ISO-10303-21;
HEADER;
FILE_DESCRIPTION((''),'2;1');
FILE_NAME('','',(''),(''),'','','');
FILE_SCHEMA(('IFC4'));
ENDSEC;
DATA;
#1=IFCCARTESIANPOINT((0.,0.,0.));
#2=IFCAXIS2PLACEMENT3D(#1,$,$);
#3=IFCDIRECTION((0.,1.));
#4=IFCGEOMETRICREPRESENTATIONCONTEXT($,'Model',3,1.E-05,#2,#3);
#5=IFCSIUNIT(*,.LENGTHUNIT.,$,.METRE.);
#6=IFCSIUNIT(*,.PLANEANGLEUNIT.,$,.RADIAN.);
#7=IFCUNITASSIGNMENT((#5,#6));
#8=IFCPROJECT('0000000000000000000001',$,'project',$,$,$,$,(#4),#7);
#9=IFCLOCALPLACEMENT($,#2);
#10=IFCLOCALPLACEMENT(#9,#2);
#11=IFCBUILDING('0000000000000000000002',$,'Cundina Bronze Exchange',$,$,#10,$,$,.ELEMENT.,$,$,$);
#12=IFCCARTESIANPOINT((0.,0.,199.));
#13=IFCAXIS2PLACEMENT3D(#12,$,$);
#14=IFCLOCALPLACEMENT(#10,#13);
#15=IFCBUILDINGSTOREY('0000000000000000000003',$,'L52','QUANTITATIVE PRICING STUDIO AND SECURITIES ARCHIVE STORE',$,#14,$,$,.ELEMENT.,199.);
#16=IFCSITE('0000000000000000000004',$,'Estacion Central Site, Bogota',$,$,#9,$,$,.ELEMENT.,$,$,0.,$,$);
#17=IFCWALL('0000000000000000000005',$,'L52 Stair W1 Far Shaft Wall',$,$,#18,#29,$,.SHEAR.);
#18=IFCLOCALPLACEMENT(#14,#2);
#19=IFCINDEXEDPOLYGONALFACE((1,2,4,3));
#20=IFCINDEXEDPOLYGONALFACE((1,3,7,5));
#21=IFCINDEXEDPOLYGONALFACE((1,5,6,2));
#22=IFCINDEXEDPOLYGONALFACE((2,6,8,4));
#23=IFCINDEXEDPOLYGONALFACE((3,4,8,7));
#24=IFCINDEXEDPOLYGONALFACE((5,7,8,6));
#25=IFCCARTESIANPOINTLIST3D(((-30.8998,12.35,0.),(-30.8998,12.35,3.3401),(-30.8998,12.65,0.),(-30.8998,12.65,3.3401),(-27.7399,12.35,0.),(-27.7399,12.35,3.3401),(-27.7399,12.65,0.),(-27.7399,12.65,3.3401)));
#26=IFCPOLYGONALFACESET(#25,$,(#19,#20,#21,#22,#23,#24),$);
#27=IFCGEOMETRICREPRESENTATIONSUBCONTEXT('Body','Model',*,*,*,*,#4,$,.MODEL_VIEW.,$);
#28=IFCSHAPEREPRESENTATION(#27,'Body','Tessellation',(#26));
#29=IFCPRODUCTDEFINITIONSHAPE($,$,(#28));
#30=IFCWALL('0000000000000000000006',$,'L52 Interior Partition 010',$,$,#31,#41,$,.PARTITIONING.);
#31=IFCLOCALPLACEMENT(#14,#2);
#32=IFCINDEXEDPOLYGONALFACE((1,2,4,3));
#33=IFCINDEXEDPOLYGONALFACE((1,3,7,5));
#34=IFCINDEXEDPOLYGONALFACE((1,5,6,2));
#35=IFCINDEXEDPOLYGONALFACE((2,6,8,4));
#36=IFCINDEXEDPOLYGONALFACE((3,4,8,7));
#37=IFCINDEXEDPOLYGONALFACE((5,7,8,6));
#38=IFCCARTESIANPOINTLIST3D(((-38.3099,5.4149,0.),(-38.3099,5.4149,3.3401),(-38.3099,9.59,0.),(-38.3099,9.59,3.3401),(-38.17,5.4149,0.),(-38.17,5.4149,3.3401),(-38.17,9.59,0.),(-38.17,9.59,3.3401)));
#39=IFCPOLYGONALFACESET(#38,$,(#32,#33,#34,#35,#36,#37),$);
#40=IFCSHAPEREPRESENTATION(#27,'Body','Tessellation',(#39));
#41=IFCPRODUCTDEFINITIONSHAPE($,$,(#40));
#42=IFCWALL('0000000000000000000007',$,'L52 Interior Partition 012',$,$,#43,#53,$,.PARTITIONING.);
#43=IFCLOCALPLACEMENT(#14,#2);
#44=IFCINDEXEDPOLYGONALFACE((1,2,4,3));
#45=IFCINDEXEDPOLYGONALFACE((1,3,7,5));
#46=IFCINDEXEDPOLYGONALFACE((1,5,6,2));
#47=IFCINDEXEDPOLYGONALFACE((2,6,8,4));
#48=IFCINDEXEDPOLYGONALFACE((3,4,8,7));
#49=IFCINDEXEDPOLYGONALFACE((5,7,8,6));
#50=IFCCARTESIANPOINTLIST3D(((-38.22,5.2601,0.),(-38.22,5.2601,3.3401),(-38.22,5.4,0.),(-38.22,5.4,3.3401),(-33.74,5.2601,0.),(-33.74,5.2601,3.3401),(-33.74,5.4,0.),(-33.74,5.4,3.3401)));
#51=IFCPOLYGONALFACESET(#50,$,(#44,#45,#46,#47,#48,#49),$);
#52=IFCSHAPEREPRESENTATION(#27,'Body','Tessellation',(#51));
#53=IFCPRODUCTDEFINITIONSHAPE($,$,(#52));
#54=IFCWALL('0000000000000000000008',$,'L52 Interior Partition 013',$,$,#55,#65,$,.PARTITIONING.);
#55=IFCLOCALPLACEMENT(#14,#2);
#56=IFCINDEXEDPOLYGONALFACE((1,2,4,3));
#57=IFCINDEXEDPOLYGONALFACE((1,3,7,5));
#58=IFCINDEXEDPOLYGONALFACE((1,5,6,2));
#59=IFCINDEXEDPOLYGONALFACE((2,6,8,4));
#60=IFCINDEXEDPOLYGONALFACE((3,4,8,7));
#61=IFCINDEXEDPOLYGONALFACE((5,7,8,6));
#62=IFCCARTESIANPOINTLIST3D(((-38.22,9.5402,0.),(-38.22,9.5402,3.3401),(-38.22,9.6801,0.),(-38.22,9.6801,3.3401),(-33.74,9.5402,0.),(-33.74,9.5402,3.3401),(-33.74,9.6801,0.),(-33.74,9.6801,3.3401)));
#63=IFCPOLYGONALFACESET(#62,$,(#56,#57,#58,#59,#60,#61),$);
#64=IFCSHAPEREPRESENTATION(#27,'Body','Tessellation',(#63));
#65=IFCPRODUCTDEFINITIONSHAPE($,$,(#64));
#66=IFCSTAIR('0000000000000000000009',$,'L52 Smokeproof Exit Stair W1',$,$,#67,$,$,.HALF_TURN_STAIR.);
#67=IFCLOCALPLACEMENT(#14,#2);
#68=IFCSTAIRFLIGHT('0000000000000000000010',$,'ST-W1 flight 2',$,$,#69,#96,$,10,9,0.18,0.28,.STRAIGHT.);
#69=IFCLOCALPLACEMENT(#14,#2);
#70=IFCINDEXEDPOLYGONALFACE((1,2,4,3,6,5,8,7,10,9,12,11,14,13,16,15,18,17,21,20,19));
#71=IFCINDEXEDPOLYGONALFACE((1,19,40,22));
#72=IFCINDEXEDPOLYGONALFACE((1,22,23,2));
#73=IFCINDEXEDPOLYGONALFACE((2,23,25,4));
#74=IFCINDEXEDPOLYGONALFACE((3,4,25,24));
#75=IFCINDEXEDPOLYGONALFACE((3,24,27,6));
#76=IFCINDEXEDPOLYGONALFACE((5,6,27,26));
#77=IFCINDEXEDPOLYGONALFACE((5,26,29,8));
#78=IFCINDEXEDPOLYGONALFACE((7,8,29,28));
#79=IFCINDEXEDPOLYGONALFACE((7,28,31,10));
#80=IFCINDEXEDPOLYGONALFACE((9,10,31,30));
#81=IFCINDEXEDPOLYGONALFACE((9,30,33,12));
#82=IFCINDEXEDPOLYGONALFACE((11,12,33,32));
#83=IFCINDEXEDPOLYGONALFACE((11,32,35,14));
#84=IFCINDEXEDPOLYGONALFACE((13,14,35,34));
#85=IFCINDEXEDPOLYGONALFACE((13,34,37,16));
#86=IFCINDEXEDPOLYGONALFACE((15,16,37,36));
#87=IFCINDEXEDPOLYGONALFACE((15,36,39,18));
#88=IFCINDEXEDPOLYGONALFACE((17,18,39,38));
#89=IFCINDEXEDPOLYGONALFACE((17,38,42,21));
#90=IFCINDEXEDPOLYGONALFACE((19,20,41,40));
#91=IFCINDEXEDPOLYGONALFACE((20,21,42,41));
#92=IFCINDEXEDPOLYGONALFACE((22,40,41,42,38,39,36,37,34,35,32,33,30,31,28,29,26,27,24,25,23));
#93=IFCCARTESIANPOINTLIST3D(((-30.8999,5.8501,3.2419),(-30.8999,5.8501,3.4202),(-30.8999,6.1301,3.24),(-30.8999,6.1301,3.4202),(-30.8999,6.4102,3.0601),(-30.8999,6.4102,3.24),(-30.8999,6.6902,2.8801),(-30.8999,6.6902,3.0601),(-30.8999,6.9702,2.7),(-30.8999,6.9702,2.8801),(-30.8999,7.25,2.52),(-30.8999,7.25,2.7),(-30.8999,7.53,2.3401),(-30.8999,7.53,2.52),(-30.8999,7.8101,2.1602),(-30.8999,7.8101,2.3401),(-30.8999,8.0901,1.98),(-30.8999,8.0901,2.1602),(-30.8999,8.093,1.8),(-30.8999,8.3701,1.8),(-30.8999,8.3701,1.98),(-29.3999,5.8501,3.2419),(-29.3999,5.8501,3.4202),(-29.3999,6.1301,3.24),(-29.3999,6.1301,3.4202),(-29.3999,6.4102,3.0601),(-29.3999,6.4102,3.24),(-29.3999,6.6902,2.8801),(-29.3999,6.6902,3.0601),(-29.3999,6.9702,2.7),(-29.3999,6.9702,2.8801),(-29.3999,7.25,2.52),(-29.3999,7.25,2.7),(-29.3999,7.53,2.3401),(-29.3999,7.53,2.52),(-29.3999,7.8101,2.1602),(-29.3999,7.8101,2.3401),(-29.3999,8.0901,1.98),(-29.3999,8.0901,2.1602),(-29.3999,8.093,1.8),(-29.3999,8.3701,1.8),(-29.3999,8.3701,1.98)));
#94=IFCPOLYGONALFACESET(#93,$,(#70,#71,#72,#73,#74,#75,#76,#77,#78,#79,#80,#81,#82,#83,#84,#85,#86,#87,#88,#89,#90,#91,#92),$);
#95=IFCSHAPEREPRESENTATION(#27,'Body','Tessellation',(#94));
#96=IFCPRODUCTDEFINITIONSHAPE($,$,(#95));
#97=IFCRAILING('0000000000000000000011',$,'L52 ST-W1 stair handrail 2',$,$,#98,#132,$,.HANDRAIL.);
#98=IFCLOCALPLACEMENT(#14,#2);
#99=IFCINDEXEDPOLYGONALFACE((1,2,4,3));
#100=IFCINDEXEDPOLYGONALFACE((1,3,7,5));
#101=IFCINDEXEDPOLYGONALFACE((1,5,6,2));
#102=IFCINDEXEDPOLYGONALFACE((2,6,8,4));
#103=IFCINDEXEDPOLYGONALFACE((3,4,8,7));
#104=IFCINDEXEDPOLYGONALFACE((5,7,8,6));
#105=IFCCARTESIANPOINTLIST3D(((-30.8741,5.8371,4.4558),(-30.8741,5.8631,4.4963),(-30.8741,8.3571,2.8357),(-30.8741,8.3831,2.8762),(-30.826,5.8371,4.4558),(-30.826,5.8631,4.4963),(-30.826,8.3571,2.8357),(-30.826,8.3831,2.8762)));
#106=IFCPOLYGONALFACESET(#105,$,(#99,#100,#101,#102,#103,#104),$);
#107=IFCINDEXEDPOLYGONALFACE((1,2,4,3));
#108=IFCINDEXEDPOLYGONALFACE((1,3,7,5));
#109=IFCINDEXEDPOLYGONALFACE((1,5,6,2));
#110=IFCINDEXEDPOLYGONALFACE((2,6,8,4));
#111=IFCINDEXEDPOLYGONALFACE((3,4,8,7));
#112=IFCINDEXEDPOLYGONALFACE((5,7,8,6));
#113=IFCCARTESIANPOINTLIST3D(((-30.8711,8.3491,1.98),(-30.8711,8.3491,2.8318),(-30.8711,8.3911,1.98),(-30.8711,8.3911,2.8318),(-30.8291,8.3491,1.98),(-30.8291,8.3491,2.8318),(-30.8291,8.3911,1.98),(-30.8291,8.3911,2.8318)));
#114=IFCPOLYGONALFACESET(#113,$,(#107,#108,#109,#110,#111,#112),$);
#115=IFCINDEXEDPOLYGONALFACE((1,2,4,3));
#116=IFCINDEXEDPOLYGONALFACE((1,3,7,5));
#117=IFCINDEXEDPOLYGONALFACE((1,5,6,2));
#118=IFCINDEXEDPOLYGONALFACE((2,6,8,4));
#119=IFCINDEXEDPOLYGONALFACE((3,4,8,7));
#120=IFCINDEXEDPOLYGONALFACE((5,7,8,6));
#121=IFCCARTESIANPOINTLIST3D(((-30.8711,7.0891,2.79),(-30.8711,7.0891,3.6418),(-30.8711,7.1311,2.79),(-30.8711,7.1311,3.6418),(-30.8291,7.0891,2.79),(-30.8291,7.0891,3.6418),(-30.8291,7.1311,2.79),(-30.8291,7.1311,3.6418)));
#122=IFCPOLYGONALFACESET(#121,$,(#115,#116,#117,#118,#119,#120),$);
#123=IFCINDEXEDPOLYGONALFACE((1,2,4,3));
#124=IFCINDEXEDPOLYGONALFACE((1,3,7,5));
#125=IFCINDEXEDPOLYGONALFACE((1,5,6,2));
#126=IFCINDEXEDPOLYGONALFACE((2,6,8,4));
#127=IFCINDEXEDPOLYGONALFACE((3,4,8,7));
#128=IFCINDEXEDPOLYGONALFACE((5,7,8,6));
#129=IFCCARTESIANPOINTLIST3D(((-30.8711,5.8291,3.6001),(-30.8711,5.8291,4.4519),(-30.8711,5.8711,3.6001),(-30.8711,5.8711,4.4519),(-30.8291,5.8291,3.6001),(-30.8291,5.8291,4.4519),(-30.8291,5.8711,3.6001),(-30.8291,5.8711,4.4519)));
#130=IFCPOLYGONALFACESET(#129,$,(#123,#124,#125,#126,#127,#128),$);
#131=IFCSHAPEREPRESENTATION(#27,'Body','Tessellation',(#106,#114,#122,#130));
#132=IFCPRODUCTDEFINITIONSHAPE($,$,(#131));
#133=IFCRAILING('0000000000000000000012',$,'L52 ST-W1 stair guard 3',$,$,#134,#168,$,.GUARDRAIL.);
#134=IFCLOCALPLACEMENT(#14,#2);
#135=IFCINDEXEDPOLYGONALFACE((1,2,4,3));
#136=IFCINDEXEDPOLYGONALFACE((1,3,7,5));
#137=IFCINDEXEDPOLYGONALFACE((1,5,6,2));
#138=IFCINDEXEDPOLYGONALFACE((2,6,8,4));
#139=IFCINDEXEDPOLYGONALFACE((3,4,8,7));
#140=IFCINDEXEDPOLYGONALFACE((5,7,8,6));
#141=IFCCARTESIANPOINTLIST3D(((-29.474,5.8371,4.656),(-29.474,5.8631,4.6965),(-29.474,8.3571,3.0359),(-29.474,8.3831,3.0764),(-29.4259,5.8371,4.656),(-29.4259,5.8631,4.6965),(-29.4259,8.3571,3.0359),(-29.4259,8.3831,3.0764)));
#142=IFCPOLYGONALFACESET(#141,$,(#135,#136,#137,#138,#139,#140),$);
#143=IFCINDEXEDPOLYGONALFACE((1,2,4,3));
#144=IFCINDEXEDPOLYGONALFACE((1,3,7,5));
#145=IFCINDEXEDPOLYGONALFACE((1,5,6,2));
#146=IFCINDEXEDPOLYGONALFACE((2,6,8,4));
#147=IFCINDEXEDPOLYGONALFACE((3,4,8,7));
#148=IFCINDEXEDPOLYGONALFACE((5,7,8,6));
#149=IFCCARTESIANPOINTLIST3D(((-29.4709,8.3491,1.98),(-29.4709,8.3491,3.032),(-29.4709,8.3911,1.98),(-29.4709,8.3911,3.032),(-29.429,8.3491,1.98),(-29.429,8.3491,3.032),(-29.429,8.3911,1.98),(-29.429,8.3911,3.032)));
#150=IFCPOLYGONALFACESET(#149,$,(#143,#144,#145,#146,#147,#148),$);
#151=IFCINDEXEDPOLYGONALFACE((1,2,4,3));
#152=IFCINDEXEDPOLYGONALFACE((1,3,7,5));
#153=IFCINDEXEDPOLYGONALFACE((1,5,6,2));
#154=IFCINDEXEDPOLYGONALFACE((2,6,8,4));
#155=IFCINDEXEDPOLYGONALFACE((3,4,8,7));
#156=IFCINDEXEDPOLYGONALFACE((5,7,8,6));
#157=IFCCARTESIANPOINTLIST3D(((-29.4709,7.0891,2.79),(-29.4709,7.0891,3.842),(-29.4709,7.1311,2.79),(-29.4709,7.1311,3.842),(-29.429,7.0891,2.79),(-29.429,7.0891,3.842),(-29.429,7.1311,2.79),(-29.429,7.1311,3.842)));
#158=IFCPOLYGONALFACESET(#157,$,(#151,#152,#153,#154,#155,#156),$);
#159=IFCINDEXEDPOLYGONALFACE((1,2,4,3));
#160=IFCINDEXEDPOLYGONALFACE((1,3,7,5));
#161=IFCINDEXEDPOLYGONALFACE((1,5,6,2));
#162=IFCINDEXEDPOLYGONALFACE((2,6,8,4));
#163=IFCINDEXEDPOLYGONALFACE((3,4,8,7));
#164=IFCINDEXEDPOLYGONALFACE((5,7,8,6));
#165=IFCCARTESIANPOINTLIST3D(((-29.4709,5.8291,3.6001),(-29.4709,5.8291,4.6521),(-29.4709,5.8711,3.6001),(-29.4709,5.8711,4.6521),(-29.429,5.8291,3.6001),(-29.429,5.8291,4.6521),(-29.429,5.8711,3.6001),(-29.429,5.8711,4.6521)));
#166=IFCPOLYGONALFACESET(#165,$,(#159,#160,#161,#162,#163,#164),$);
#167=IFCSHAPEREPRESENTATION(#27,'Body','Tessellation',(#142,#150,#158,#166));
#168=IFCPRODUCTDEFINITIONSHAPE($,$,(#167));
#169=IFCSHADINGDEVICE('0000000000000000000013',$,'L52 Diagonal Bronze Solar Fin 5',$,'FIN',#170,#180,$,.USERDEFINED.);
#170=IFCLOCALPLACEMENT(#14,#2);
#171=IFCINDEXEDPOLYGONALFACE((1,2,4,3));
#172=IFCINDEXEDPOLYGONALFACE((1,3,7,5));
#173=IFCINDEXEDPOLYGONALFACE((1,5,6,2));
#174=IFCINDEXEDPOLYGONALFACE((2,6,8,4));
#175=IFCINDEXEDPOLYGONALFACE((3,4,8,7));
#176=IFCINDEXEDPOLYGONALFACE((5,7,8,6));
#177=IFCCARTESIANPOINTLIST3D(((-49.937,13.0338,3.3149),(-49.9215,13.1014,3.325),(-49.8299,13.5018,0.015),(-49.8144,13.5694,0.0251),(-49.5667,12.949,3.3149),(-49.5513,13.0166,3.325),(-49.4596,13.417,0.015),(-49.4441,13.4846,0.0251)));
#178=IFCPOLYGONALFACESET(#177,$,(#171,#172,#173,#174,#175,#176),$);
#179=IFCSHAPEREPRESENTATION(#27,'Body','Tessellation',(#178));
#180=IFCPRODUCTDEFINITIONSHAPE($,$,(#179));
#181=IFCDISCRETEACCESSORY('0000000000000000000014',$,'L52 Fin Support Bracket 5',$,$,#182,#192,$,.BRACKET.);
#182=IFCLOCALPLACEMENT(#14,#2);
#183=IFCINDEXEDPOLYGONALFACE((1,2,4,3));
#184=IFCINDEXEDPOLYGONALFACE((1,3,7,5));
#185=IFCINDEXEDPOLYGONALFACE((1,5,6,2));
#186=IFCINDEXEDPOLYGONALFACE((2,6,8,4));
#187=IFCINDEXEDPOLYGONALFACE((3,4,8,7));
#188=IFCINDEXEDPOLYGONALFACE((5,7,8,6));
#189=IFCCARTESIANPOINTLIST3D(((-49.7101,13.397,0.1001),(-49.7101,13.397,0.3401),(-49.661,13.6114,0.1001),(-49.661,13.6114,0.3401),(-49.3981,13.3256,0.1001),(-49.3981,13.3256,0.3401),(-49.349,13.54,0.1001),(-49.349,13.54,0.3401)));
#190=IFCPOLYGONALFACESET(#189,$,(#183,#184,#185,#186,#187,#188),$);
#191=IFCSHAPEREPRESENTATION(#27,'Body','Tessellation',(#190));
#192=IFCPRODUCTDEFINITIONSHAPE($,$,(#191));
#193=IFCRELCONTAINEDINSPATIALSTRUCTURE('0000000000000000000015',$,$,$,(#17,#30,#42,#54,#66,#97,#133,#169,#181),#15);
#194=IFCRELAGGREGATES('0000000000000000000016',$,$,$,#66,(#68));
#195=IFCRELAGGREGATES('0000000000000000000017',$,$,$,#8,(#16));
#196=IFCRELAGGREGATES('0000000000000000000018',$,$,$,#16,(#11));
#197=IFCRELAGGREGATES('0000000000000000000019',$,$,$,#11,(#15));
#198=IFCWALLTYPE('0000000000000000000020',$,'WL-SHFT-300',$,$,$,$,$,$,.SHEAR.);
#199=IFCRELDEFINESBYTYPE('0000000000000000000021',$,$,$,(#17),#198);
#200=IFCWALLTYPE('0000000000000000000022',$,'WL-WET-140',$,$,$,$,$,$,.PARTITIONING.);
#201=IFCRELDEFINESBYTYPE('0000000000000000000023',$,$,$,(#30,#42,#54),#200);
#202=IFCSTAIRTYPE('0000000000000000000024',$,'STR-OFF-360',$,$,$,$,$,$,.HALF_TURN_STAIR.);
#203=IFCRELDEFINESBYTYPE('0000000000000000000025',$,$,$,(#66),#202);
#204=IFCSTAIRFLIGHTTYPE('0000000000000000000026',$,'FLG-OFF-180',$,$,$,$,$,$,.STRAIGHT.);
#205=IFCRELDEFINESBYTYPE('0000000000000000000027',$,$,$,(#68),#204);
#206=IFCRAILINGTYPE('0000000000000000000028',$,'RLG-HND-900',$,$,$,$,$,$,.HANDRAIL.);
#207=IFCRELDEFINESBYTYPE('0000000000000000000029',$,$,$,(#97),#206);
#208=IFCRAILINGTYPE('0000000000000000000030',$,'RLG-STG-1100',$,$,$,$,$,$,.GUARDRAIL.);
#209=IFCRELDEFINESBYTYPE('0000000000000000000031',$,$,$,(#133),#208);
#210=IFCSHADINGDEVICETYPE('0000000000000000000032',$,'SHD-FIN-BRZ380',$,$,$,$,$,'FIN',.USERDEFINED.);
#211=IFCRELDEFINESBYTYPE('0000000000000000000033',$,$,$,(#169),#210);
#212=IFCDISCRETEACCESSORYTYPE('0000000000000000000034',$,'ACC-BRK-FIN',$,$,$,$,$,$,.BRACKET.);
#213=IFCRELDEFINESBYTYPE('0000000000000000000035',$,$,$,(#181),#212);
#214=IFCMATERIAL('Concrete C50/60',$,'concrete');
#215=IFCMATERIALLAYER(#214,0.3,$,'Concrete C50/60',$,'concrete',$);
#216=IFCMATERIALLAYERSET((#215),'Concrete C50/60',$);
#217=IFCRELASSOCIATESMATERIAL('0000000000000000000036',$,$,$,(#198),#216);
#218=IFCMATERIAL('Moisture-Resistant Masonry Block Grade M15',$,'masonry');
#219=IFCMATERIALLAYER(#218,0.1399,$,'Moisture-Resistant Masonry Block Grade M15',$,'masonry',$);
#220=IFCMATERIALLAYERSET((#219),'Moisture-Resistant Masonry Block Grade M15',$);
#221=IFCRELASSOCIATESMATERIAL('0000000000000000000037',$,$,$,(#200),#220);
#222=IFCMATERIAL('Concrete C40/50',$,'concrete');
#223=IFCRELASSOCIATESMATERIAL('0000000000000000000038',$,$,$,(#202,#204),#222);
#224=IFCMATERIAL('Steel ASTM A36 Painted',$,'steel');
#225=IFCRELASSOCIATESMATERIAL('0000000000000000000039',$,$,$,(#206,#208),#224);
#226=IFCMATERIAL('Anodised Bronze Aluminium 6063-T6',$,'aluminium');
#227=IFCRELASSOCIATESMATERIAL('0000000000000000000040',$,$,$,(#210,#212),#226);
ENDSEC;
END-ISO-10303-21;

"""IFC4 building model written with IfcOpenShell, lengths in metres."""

from ifc_helpers import new_model, si_unit, direction, frame, frame_2d, origin, origin_2d, place, context, subcontext, project, spatial, polyline, rectangle, outline, extrude, material, layer, layer_set, material_profile, profile_set, type_object, element, aggregate, save


model = new_model("IFC4")

# Units and contexts
model_context = context("Model", 3, precision=1e-05, world=origin(), true_north=direction((0.0, 1.0)))
body_context = subcontext(model_context, "Body", "Model", "MODEL_VIEW")
ifc_project = project(units=[si_unit("LENGTHUNIT", "METRE"), si_unit("PLANEANGLEUNIT", "RADIAN")], contexts=[model_context])

# Site, building, storey
site_placement = place(None, origin())
site = spatial("IfcSite", under=ifc_project, at=site_placement, Name="Estacion Central Site, Bogota", CompositionType="ELEMENT", RefElevation=0.0)
building_placement = place(site_placement, origin())
building = spatial("IfcBuilding", under=site, at=building_placement, Name="Cundina Bronze Exchange", CompositionType="ELEMENT")
storey_placement = place(building_placement, frame((0.0, 0.0, 199.0)))
storey = spatial("IfcBuildingStorey", under=building, at=storey_placement, Name="L52", Description="QUANTITATIVE PRICING STUDIO AND SECURITIES ARCHIVE STORE", CompositionType="ELEMENT", Elevation=199.0)

# Shared definitions
ifc_material_1 = material(Name="Concrete C50/60", Category="concrete")

# Shared definitions
ifc_material_2 = material(Name="Anodised Bronze Aluminium 6063-T6", Category="aluminium")

# Shared definitions
ifc_layer_1 = layer(ifc_material_1, 0.3, Name="Concrete C50/60", Category="concrete")
ifc_layer_set_1 = layer_set([ifc_layer_1], Name="Concrete C50/60")
wall_type_1 = type_object("IfcWallType", Name="WL-SHFT-300", PredefinedType="SHEAR", material=ifc_layer_set_1)
ifc_material_3 = material(Name="Steel ASTM A36 Painted", Category="steel")

# Walls
wall_1_placement = place(storey_placement, frame((-30.8999, 12.5, 0.0), z_axis=(0.0, 0.0, 1.0), x_axis=(1.0, 0.0, 0.0)))
element("IfcWall", 1, at=wall_1_placement, inside=storey, type_object=wall_type_1, Name="L52 Stair W1 Far Shaft Wall", PredefinedType="SHEAR", context=body_context, shape_type="SweptSolid", body=[
    extrude(rectangle(XDim=3.1599, YDim=0.3, at=frame_2d((1.5801, 0.0))), origin(), (0.0, 0.0, 1.0), 3.3401),
])
ifc_material_4 = material(Name="Moisture-Resistant Masonry Block Grade M15", Category="masonry")
ifc_layer_2 = layer(ifc_material_4, 0.1399, Name="Moisture-Resistant Masonry Block Grade M15", Category="masonry")
ifc_layer_set_2 = layer_set([ifc_layer_2], Name="Moisture-Resistant Masonry Block Grade M15")
wall_type_2 = type_object("IfcWallType", Name="WL-WET-140", PredefinedType="PARTITIONING", material=ifc_layer_set_2)
wall_2_placement = place(storey_placement, frame((-38.24, 5.415, 0.0), z_axis=(0.0, 0.0, 1.0), x_axis=(0.0, 1.0, 0.0)))
element("IfcWall", 2, at=wall_2_placement, inside=storey, type_object=wall_type_2, Name="L52 Interior Partition 010", PredefinedType="PARTITIONING", context=body_context, shape_type="SweptSolid", body=[
    extrude(rectangle(XDim=4.175, YDim=0.1399, at=frame_2d((2.0874, 0.0))), origin(), (0.0, 0.0, 1.0), 3.3401),
])
for number, where, z_axis, x_axis, name in (
    (3, (-38.22, 5.3301, 0.0), (0.0, 0.0, 1.0), (1.0, 0.0, 0.0), "L52 Interior Partition 012"),
    (4, (-38.22, 9.6101, 0.0), (0.0, 0.0, 1.0), (1.0, 0.0, 0.0), "L52 Interior Partition 013"),
):
    element("IfcWall", number, at=place(storey_placement, frame(where, z_axis=z_axis, x_axis=x_axis)), inside=storey, type_object=wall_type_2, Name=name, PredefinedType="PARTITIONING", context=body_context, shape_type="SweptSolid", body=[
        extrude(rectangle(XDim=4.48, YDim=0.1399, at=frame_2d((2.24, 0.0))), origin(), (0.0, 0.0, 1.0), 3.3401),
    ])

# Stair, stair flight
ifc_material_5 = material(Name="Concrete C40/50", Category="concrete")
stair_type = type_object("IfcStairType", Name="STR-OFF-360", PredefinedType="HALF_TURN_STAIR", material=ifc_material_5)
stair_placement = place(storey_placement, origin())
stair = element("IfcStair", 5, at=stair_placement, inside=storey, type_object=stair_type, Name="L52 Smokeproof Exit Stair W1", PredefinedType="HALF_TURN_STAIR")
stair_flight_type = type_object("IfcStairFlightType", Name="FLG-OFF-180", PredefinedType="STRAIGHT", material=ifc_material_5)
stair_flight_placement = place(storey_placement, frame((-30.1499, 8.3701, 1.8), z_axis=(0.0, 0.0, 1.0), x_axis=(0.0, -1.0, 0.0)))
stair_flight = element("IfcStairFlight", 6, at=stair_flight_placement, type_object=stair_flight_type, Name="ST-W1 flight 2", NumberOfRisers=10, NumberOfTreads=9, PredefinedType="STRAIGHT", RiserHeight=0.18, TreadLength=0.28, context=body_context, shape_type="SweptSolid", body=[
    extrude(outline(polyline([(0.0, 0.0), (0.0, 0.1799), (0.28, 0.1799), (0.28, 0.3601), (0.5601, 0.3601), (0.5601, 0.54), (0.8401, 0.54), (0.8401, 0.72), (1.1201, 0.72), (1.1201, 0.8999), (1.3999, 0.8999), (1.3999, 1.0801), (1.6799, 1.0801), (1.6799, 1.26), (1.96, 1.26), (1.96, 1.4399), (2.24, 1.4399), (2.24, 1.6201), (2.52, 1.6201), (2.52, 1.8), (2.52, 1.4419), (0.2771, 0.0), (0.0, 0.0)])), frame((0.0, 0.75, 0.0), z_axis=(0.0, -1.0, 0.0), x_axis=(1.0, 0.0, 0.0)), (0.0, 0.0, 1.0), 1.5),
])
aggregate(stair, [stair_flight])

# Railings
railing_type_1 = type_object("IfcRailingType", Name="RLG-HND-900", PredefinedType="HANDRAIL", material=ifc_material_3)
railing_1_placement = place(storey_placement, frame((-30.8501, 8.3701, 1.98)))
element("IfcRailing", 7, at=railing_1_placement, inside=storey, type_object=railing_type_1, Name="L52 ST-W1 stair handrail 2", PredefinedType="HANDRAIL", context=body_context, shape_type="SweptSolid", body=[
    extrude(rectangle(XDim=0.0481, YDim=0.0481, at=origin_2d()), frame((0.0, 0.0, 0.876), z_axis=(0.0, -0.841163, 0.540782), x_axis=(1.0, 0.0, 0.0)), (0.0, 0.0, 1.0), 2.9958),
    extrude(rectangle(XDim=0.042, YDim=0.042, at=origin_2d()), origin(), (0.0, 0.0, 1.0), 0.8518),
    extrude(rectangle(XDim=0.042, YDim=0.042, at=origin_2d()), frame((0.0, -1.26, 0.8101)), (0.0, 0.0, 1.0), 0.8518),
    extrude(rectangle(XDim=0.042, YDim=0.042, at=origin_2d()), frame((0.0, -2.52, 1.6201)), (0.0, 0.0, 1.0), 0.8518),
])
railing_type_2 = type_object("IfcRailingType", Name="RLG-STG-1100", PredefinedType="GUARDRAIL", material=ifc_material_3)
railing_2_placement = place(storey_placement, frame((-29.45, 8.3701, 1.98)))
element("IfcRailing", 8, at=railing_2_placement, inside=storey, type_object=railing_type_2, Name="L52 ST-W1 stair guard 3", PredefinedType="GUARDRAIL", context=body_context, shape_type="SweptSolid", body=[
    extrude(rectangle(XDim=0.0481, YDim=0.0481, at=origin_2d()), frame((0.0, 0.0, 1.0762), z_axis=(0.0, -0.841163, 0.540782), x_axis=(1.0, 0.0, 0.0)), (0.0, 0.0, 1.0), 2.9958),
    extrude(rectangle(XDim=0.042, YDim=0.042, at=origin_2d()), origin(), (0.0, 0.0, 1.0), 1.052),
    extrude(rectangle(XDim=0.042, YDim=0.042, at=origin_2d()), frame((0.0, -1.26, 0.8101)), (0.0, 0.0, 1.0), 1.052),
    extrude(rectangle(XDim=0.042, YDim=0.042, at=origin_2d()), frame((0.0, -2.52, 1.6201)), (0.0, 0.0, 1.0), 1.052),
])

# Shading device
ifc_material_profile_1 = material_profile(ifc_material_2, rectangle(XDim=0.0701, YDim=0.3799, at=origin_2d()), Name="FIN70X380", Category="aluminium")
ifc_profile_set_1 = profile_set([ifc_material_profile_1], Name="Anodised Bronze Aluminium 6063-T6")
shading_device_type = type_object("IfcShadingDeviceType", Name="SHD-FIN-BRZ380", ElementType="FIN", PredefinedType="USERDEFINED", material=ifc_profile_set_1)
shading_device_placement = place(storey_placement, frame((-49.637, 13.4932, 0.02), z_axis=(-0.032139, -0.140344, 0.989581), x_axis=(0.220899, 0.964611, 0.143977)))
element("IfcShadingDevice", 9, at=shading_device_placement, inside=storey, type_object=shading_device_type, Name="L52 Diagonal Bronze Solar Fin 5", ObjectType="FIN", PredefinedType="USERDEFINED", context=body_context, shape_type="SweptSolid", body=[
    extrude(rectangle(XDim=0.0701, YDim=0.3799, at=origin_2d()), origin(), (0.0, 0.0, 1.0), 3.3347),
])

# Discrete accessory
discrete_accessory_type = type_object("IfcDiscreteAccessoryType", Name="ACC-BRK-FIN", PredefinedType="BRACKET", material=ifc_material_2)
discrete_accessory_placement = place(storey_placement, frame((-49.5295, 13.4685, 0.1001), z_axis=(0.0, 0.0, 1.0), x_axis=(-0.223284, -0.974753, 0.0)))
element("IfcDiscreteAccessory", 10, at=discrete_accessory_placement, inside=storey, type_object=discrete_accessory_type, Name="L52 Fin Support Bracket 5", PredefinedType="BRACKET", context=body_context, shape_type="SweptSolid", body=[
    extrude(rectangle(XDim=0.22, YDim=0.3201, at=origin_2d()), origin(), (0.0, 0.0, 1.0), 0.24),
])

save(model, "model.ifc")
